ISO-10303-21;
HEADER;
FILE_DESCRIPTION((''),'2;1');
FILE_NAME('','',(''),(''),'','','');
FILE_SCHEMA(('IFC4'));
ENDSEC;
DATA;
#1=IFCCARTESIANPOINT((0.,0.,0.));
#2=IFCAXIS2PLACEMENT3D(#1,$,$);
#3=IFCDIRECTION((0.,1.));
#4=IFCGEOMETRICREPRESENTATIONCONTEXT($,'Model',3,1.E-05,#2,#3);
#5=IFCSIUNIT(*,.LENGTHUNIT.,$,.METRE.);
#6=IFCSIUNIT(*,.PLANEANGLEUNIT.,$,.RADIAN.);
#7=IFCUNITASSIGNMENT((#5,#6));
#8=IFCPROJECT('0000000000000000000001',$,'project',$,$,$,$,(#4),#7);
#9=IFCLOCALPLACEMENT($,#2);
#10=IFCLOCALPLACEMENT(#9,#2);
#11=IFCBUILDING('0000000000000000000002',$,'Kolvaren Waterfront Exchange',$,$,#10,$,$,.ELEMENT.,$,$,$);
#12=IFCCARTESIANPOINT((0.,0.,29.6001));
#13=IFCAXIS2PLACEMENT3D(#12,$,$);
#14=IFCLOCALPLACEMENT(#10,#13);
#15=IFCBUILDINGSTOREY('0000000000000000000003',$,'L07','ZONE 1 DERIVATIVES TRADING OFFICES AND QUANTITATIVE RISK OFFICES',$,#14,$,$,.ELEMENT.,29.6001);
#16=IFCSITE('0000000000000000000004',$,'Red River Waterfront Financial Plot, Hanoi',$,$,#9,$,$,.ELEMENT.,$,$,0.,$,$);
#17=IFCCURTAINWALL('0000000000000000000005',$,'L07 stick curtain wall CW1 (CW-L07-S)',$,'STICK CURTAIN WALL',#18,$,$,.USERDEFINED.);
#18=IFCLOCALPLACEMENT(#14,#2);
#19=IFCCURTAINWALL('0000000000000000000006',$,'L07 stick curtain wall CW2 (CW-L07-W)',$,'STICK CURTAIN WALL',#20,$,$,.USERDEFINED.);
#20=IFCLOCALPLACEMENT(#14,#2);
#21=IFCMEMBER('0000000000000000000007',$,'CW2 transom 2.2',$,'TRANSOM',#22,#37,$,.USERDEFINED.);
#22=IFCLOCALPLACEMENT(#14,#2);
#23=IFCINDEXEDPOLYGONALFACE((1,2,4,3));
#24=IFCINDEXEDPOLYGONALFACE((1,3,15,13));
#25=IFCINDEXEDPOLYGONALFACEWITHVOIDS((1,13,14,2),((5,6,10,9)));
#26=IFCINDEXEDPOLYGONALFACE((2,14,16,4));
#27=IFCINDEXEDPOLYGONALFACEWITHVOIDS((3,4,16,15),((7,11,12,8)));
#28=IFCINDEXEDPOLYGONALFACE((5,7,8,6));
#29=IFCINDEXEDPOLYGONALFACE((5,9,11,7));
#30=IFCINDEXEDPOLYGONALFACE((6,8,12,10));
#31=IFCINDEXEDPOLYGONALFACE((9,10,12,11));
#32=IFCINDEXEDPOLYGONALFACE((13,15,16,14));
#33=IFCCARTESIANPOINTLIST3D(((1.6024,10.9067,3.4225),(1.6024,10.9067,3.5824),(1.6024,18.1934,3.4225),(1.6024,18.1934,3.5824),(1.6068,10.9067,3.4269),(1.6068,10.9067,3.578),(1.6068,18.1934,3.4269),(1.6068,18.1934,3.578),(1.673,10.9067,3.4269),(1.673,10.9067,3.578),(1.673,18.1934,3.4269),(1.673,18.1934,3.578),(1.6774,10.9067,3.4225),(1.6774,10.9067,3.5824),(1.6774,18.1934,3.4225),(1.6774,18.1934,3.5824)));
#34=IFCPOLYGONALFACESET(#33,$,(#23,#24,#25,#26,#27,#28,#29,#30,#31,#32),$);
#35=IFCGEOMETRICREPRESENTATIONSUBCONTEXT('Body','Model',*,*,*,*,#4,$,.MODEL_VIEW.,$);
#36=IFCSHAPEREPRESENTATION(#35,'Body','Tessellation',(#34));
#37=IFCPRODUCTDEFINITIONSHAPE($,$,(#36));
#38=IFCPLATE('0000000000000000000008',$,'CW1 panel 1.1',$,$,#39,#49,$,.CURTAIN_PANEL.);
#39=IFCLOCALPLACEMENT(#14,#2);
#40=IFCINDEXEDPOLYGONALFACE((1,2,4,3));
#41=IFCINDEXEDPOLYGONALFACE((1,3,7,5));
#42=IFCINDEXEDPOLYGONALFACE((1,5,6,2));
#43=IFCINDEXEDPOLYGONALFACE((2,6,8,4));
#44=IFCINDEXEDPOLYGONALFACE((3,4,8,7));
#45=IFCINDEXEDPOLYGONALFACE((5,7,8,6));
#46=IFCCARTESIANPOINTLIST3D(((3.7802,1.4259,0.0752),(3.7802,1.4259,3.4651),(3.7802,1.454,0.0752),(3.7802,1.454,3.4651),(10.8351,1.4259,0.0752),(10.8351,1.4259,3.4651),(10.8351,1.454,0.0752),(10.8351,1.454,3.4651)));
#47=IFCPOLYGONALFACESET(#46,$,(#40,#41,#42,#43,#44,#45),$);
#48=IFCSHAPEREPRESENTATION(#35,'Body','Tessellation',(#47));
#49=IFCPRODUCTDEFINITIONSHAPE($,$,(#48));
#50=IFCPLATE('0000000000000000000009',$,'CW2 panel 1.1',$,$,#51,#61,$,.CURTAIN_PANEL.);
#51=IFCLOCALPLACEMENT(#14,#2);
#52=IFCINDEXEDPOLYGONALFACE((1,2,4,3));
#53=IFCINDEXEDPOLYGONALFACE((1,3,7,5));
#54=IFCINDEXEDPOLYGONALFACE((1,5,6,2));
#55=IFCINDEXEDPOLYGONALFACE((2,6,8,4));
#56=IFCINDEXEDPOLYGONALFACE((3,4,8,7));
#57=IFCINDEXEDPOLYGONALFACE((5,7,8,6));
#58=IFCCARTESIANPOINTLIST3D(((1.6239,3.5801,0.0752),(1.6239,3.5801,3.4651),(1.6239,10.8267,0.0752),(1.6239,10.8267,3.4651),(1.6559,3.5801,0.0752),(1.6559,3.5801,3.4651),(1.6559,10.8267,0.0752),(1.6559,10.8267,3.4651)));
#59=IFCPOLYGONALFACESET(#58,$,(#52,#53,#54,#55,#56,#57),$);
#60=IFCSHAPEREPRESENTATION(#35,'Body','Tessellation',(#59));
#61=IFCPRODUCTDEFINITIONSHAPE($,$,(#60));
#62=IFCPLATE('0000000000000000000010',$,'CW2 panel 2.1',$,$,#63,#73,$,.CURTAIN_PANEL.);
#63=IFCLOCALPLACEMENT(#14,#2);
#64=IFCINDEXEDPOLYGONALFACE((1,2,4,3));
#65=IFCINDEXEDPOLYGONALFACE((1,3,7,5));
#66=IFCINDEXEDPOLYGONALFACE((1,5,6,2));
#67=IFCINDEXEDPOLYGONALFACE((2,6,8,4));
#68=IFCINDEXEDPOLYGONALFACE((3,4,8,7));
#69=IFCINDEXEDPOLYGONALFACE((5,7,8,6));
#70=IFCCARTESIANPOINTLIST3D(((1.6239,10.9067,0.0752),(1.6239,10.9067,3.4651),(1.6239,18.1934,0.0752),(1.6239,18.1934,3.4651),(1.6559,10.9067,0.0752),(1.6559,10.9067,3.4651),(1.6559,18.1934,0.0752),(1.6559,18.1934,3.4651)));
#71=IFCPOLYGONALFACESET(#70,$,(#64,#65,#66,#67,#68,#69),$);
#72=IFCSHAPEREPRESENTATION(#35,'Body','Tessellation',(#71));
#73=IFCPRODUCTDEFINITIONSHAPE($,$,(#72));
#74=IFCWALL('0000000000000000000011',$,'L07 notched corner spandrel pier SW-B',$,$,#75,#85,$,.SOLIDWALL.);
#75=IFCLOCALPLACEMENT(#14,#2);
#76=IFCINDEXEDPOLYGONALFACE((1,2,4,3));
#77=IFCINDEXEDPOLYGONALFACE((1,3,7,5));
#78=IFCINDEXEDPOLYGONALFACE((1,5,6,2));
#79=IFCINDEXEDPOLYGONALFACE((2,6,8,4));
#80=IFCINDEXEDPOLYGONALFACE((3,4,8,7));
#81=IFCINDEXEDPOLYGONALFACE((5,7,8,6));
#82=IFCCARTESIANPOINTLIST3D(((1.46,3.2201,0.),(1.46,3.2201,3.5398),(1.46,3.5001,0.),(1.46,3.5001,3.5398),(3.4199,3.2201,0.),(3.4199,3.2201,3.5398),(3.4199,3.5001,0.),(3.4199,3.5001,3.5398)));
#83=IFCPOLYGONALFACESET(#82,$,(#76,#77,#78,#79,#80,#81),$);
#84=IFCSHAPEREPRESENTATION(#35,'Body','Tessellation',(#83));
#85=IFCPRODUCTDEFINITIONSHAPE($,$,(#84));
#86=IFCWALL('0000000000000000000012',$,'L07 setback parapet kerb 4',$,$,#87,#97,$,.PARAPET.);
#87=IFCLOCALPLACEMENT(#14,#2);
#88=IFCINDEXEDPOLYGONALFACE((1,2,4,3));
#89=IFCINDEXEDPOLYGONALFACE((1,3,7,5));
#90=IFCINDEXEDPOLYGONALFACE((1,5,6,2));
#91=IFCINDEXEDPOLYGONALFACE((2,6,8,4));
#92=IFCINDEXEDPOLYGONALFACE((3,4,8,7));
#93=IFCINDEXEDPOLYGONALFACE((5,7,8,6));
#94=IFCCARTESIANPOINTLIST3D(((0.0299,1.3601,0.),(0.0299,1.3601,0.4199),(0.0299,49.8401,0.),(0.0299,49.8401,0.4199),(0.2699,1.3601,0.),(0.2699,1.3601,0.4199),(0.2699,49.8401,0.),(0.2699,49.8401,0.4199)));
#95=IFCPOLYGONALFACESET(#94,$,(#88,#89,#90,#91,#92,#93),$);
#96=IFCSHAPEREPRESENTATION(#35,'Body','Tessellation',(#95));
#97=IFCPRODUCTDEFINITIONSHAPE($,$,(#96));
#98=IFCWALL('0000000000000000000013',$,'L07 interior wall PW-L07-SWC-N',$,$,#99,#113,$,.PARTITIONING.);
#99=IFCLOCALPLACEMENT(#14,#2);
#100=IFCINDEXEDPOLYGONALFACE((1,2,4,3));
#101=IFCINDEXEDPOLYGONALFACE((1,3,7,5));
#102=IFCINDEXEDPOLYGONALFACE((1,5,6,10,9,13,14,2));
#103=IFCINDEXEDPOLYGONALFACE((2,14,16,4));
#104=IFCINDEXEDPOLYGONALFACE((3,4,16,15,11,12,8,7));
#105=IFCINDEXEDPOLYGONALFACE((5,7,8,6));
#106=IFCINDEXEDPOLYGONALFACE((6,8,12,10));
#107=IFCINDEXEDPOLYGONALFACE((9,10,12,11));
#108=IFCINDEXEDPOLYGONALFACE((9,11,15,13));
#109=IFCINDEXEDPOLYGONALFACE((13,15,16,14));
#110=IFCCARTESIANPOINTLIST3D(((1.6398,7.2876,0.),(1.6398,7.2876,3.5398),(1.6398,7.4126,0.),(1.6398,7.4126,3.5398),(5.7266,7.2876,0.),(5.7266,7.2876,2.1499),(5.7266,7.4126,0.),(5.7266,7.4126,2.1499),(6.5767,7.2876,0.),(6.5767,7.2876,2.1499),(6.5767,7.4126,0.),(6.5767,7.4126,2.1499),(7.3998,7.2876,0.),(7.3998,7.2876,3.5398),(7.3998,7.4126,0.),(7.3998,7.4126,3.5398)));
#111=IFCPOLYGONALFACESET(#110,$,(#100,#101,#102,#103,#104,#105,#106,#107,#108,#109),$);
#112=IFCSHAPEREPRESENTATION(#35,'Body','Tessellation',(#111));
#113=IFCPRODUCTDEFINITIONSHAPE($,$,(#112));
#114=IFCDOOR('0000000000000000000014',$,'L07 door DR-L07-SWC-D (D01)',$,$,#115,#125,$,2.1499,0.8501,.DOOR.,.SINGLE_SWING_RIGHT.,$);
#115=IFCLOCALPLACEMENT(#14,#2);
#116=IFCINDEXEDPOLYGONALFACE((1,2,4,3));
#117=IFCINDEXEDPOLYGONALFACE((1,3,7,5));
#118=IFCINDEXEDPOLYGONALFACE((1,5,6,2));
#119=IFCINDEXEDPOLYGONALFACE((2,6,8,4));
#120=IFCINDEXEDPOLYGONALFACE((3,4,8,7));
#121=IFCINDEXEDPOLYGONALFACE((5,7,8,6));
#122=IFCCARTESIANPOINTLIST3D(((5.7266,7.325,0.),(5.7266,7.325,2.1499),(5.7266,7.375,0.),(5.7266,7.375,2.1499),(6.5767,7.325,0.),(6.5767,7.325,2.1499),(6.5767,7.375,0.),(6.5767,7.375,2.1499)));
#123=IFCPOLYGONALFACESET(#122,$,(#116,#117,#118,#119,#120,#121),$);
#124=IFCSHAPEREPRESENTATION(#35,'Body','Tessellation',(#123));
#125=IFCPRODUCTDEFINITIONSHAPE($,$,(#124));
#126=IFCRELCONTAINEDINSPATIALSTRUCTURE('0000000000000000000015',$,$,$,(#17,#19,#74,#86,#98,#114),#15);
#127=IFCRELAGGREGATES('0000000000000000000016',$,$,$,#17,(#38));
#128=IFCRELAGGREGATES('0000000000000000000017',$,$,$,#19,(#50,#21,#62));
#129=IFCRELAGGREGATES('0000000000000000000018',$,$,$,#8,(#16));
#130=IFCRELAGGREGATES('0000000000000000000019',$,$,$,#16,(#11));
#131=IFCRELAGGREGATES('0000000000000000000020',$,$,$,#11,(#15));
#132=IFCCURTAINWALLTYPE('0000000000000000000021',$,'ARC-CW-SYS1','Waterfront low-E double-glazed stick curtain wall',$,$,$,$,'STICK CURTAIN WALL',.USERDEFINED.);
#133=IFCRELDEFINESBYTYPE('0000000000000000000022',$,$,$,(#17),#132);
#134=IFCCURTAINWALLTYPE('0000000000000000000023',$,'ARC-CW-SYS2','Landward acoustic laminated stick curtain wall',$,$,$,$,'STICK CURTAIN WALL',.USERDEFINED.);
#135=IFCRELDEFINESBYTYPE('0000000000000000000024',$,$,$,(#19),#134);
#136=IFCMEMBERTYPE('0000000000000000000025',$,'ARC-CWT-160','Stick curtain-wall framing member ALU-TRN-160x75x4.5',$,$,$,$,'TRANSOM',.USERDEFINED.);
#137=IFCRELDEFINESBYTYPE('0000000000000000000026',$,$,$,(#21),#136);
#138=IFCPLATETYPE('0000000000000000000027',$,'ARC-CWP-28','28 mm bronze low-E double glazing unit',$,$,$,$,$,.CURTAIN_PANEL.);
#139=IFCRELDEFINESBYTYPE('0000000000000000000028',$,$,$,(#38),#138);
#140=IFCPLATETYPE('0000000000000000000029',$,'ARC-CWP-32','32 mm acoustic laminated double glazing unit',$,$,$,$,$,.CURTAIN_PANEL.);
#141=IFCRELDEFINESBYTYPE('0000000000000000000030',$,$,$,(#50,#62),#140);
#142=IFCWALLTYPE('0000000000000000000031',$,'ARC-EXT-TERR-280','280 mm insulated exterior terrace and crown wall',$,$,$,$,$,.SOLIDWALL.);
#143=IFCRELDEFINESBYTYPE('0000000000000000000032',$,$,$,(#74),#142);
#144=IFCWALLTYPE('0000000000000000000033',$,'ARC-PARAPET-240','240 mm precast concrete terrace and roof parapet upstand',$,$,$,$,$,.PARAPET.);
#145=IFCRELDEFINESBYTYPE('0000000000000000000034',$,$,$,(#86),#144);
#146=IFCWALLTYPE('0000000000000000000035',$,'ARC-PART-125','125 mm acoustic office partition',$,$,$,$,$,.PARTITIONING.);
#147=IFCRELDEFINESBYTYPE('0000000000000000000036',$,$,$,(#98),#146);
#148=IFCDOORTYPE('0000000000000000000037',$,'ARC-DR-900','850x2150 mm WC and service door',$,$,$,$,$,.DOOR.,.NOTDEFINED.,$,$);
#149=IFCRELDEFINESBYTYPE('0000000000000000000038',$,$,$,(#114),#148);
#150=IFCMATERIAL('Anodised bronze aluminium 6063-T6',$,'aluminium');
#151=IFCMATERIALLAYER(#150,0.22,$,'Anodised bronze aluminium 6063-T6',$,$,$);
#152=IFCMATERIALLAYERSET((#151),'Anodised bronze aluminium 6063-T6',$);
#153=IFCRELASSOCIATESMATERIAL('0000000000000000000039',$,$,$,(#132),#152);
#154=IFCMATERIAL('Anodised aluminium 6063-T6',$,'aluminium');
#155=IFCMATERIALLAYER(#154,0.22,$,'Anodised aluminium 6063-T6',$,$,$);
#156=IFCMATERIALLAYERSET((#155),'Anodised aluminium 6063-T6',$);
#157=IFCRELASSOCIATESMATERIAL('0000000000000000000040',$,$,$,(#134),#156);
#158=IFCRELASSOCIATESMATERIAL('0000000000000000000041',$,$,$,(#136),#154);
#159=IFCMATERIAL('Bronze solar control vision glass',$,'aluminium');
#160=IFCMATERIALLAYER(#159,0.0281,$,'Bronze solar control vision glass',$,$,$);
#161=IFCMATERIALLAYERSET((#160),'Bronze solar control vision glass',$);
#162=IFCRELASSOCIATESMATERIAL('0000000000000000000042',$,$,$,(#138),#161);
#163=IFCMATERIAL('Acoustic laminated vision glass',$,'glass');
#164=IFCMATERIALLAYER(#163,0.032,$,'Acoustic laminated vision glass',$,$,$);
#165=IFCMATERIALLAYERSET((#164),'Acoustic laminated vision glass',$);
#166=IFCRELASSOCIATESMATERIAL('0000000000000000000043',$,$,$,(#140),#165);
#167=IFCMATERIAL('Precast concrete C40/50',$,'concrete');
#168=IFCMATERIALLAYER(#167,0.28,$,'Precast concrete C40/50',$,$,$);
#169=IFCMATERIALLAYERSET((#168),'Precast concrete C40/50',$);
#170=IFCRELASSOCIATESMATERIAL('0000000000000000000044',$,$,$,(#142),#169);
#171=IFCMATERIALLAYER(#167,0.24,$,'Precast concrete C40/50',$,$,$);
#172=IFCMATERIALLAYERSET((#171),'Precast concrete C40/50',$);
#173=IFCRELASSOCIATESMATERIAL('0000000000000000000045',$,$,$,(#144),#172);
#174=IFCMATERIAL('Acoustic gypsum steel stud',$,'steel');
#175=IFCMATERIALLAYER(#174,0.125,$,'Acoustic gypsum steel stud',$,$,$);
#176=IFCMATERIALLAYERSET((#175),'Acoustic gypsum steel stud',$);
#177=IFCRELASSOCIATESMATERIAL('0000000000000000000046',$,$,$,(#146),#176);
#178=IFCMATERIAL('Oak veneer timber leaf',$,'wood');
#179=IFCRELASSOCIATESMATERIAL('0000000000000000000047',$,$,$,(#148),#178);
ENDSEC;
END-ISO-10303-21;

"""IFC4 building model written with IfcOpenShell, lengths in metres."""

from ifc_helpers import new_model, si_unit, direction, frame, frame_2d, origin, origin_with_axes, origin_2d, place, context, subcontext, project, spatial, rectangle, hollow_rectangle, extrude, source, transform, mapped, material, layer, layer_set, material_profile, profile_set, type_object, element, fill, aggregate, save


model = new_model("IFC4")

# Units and contexts
model_context = context("Model", 3, precision=1e-05, world=origin(), true_north=direction((0.0, 1.0)))
body_context = subcontext(model_context, "Body", "Model", "MODEL_VIEW")
ifc_project = project(units=[si_unit("LENGTHUNIT", "METRE"), si_unit("PLANEANGLEUNIT", "RADIAN")], contexts=[model_context])

# Site, building, storey
site_placement = place(None, origin())
site = spatial("IfcSite", under=ifc_project, at=site_placement, Name="Red River Waterfront Financial Plot, Hanoi", CompositionType="ELEMENT", RefElevation=0.0)
building_placement = place(site_placement, origin())
building = spatial("IfcBuilding", under=site, at=building_placement, Name="Kolvaren Waterfront Exchange", CompositionType="ELEMENT")
storey_placement = place(building_placement, frame((0.0, 0.0, 29.6001)))
storey = spatial("IfcBuildingStorey", under=building, at=storey_placement, Name="L07", Description="ZONE 1 DERIVATIVES TRADING OFFICES AND QUANTITATIVE RISK OFFICES", CompositionType="ELEMENT", Elevation=29.6001)

# Curtain wall
ifc_material_1 = material(Name="Anodised bronze aluminium 6063-T6", Category="aluminium")
ifc_layer_1 = layer(ifc_material_1, 0.22, Name="Anodised bronze aluminium 6063-T6")
ifc_layer_set_1 = layer_set([ifc_layer_1], Name="Anodised bronze aluminium 6063-T6")
curtain_wall_type_1 = type_object("IfcCurtainWallType", Name="ARC-CW-SYS1", Description="Waterfront low-E double-glazed stick curtain wall", ElementType="STICK CURTAIN WALL", PredefinedType="USERDEFINED", material=ifc_layer_set_1)
curtain_wall_1_placement = place(storey_placement, origin())
curtain_wall_1 = element("IfcCurtainWall", 1, at=curtain_wall_1_placement, inside=storey, type_object=curtain_wall_type_1, Name="L07 stick curtain wall CW1 (CW-L07-S)", ObjectType="STICK CURTAIN WALL", PredefinedType="USERDEFINED")
ifc_material_2 = material(Name="Anodised aluminium 6063-T6", Category="aluminium")

# Curtain wall
ifc_layer_2 = layer(ifc_material_2, 0.22, Name="Anodised aluminium 6063-T6")
ifc_layer_set_2 = layer_set([ifc_layer_2], Name="Anodised aluminium 6063-T6")
curtain_wall_type_2 = type_object("IfcCurtainWallType", Name="ARC-CW-SYS2", Description="Landward acoustic laminated stick curtain wall", ElementType="STICK CURTAIN WALL", PredefinedType="USERDEFINED", material=ifc_layer_set_2)
curtain_wall_2_placement = place(storey_placement, origin())
curtain_wall_2 = element("IfcCurtainWall", 2, at=curtain_wall_2_placement, inside=storey, type_object=curtain_wall_type_2, Name="L07 stick curtain wall CW2 (CW-L07-W)", ObjectType="STICK CURTAIN WALL", PredefinedType="USERDEFINED")

# Member
ifc_material_profile_1 = material_profile(ifc_material_2, hollow_rectangle(XDim=0.075, YDim=0.1599, WallThickness=0.0044, at=origin_2d()), Name="ALU-TRN-160x75x4.5")
ifc_profile_set_1 = profile_set([ifc_material_profile_1], Name="Anodised aluminium 6063-T6")
member_type_1 = type_object("IfcMemberType", Name="ARC-CWT-160", Description="Stick curtain-wall framing member ALU-TRN-160x75x4.5", ElementType="TRANSOM", PredefinedType="USERDEFINED", material=ifc_profile_set_1)
shared_shape_1 = source(origin_with_axes(), body_context, "Body", "SweptSolid", [
    extrude(hollow_rectangle(XDim=0.075, YDim=0.1599, WallThickness=0.0044, at=origin_2d()), origin(), (0.0, 0.0, 1.0), 7.2866),
])
member_1_placement = place(storey_placement, frame((1.6399, 10.9067, 3.5024), z_axis=(0.0, 1.0, 0.0), x_axis=(-1.0, 0.0, 0.0)))
member_1 = element("IfcMember", 3, at=member_1_placement, type_object=member_type_1, Name="CW2 transom 2.2", ObjectType="TRANSOM", PredefinedType="USERDEFINED", context=body_context, shape_type="MappedRepresentation", body=[
    mapped(shared_shape_1, transform((0.0, 0.0, 0.0), x_axis=(1.0, 0.0, 0.0), y_axis=(0.0, 1.0, 0.0), z_axis=(0.0, 0.0, 1.0), scale=1.0)),
])

# Plates
ifc_material_3 = material(Name="Bronze solar control vision glass", Category="aluminium")
ifc_layer_3 = layer(ifc_material_3, 0.0281, Name="Bronze solar control vision glass")
ifc_layer_set_3 = layer_set([ifc_layer_3], Name="Bronze solar control vision glass")
plate_type_1 = type_object("IfcPlateType", Name="ARC-CWP-28", Description="28 mm bronze low-E double glazing unit", PredefinedType="CURTAIN_PANEL", material=ifc_layer_set_3)
shared_shape_2 = source(origin_with_axes(), body_context, "Body", "SweptSolid", [
    extrude(rectangle(XDim=7.0549, YDim=0.0281, at=origin_2d()), origin(), (0.0, 0.0, 1.0), 3.3899),
])
plate_1_placement = place(storey_placement, frame((7.3076, 1.4399, 0.0752), z_axis=(0.0, 0.0, 1.0), x_axis=(1.0, 0.0, 0.0)))
plate_1 = element("IfcPlate", 4, at=plate_1_placement, type_object=plate_type_1, Name="CW1 panel 1.1", PredefinedType="CURTAIN_PANEL", context=body_context, shape_type="MappedRepresentation", body=[
    mapped(shared_shape_2, transform((0.0, 0.0, 0.0), x_axis=(1.0, 0.0, 0.0), y_axis=(0.0, 1.0, 0.0), z_axis=(0.0, 0.0, 1.0), scale=1.0)),
])
aggregate(curtain_wall_1, [plate_1])
ifc_material_4 = material(Name="Acoustic laminated vision glass", Category="glass")
ifc_layer_4 = layer(ifc_material_4, 0.032, Name="Acoustic laminated vision glass")
ifc_layer_set_4 = layer_set([ifc_layer_4], Name="Acoustic laminated vision glass")
plate_type_2 = type_object("IfcPlateType", Name="ARC-CWP-32", Description="32 mm acoustic laminated double glazing unit", PredefinedType="CURTAIN_PANEL", material=ifc_layer_set_4)
shared_shape_3 = source(origin_with_axes(), body_context, "Body", "SweptSolid", [
    extrude(rectangle(XDim=7.2466, YDim=0.032, at=origin_2d()), origin(), (0.0, 0.0, 1.0), 3.3899),
])
plate_2_placement = place(storey_placement, frame((1.6399, 7.2034, 0.0752), z_axis=(0.0, 0.0, 1.0), x_axis=(0.0, 1.0, 0.0)))
plate_2 = element("IfcPlate", 5, at=plate_2_placement, type_object=plate_type_2, Name="CW2 panel 1.1", PredefinedType="CURTAIN_PANEL", context=body_context, shape_type="MappedRepresentation", body=[
    mapped(shared_shape_3, transform((0.0, 0.0, 0.0), x_axis=(1.0, 0.0, 0.0), y_axis=(0.0, 1.0, 0.0), z_axis=(0.0, 0.0, 1.0), scale=1.0)),
])
shared_shape_4 = source(origin_with_axes(), body_context, "Body", "SweptSolid", [
    extrude(rectangle(XDim=7.2866, YDim=0.032, at=origin_2d()), origin(), (0.0, 0.0, 1.0), 3.3899),
])
plate_3_placement = place(storey_placement, frame((1.6399, 14.55, 0.0752), z_axis=(0.0, 0.0, 1.0), x_axis=(0.0, 1.0, 0.0)))
plate_3 = element("IfcPlate", 6, at=plate_3_placement, type_object=plate_type_2, Name="CW2 panel 2.1", PredefinedType="CURTAIN_PANEL", context=body_context, shape_type="MappedRepresentation", body=[
    mapped(shared_shape_4, transform((0.0, 0.0, 0.0), x_axis=(1.0, 0.0, 0.0), y_axis=(0.0, 1.0, 0.0), z_axis=(0.0, 0.0, 1.0), scale=1.0)),
])
aggregate(curtain_wall_2, [plate_2, member_1, plate_3])

# Walls
ifc_material_5 = material(Name="Precast concrete C40/50", Category="concrete")
ifc_layer_5 = layer(ifc_material_5, 0.28, Name="Precast concrete C40/50")
ifc_layer_set_5 = layer_set([ifc_layer_5], Name="Precast concrete C40/50")
wall_type_1 = type_object("IfcWallType", Name="ARC-EXT-TERR-280", Description="280 mm insulated exterior terrace and crown wall", PredefinedType="SOLIDWALL", material=ifc_layer_set_5)
wall_1_placement = place(storey_placement, frame((1.46, 3.3601, 0.0), z_axis=(0.0, 0.0, 1.0), x_axis=(1.0, 0.0, 0.0)))
element("IfcWall", 7, at=wall_1_placement, inside=storey, type_object=wall_type_1, Name="L07 notched corner spandrel pier SW-B", PredefinedType="SOLIDWALL", context=body_context, shape_type="SweptSolid", body=[
    extrude(rectangle(XDim=1.96, YDim=0.28, at=frame_2d((0.98, 0.0))), origin(), (0.0, 0.0, 1.0), 3.5398),
])
ifc_layer_6 = layer(ifc_material_5, 0.24, Name="Precast concrete C40/50")
ifc_layer_set_6 = layer_set([ifc_layer_6], Name="Precast concrete C40/50")
wall_type_2 = type_object("IfcWallType", Name="ARC-PARAPET-240", Description="240 mm precast concrete terrace and roof parapet upstand", PredefinedType="PARAPET", material=ifc_layer_set_6)
wall_2_placement = place(storey_placement, frame((0.1499, 1.3601, 0.0), z_axis=(0.0, 0.0, 1.0), x_axis=(0.0, 1.0, 0.0)))
element("IfcWall", 8, at=wall_2_placement, inside=storey, type_object=wall_type_2, Name="L07 setback parapet kerb 4", PredefinedType="PARAPET", context=body_context, shape_type="SweptSolid", body=[
    extrude(rectangle(XDim=48.48, YDim=0.24, at=frame_2d((24.24, 0.0))), origin(), (0.0, 0.0, 1.0), 0.4199),
])

# Wall, opening, door
ifc_material_6 = material(Name="Acoustic gypsum steel stud", Category="steel")
ifc_layer_7 = layer(ifc_material_6, 0.125, Name="Acoustic gypsum steel stud")
ifc_layer_set_7 = layer_set([ifc_layer_7], Name="Acoustic gypsum steel stud")
wall_type_3 = type_object("IfcWallType", Name="ARC-PART-125", Description="125 mm acoustic office partition", PredefinedType="PARTITIONING", material=ifc_layer_set_7)
wall_3_placement = place(storey_placement, frame((1.6399, 7.3501, 0.0), z_axis=(0.0, 0.0, 1.0), x_axis=(1.0, 0.0, 0.0)))
wall_3 = element("IfcWall", 9, at=wall_3_placement, inside=storey, type_object=wall_type_3, Name="L07 interior wall PW-L07-SWC-N", PredefinedType="PARTITIONING", context=body_context, shape_type="SweptSolid", body=[
    extrude(rectangle(XDim=5.76, YDim=0.125, at=frame_2d((2.8799, 0.0))), origin(), (0.0, 0.0, 1.0), 3.5398),
])
opening_1_placement = place(wall_3_placement, frame((4.0867, 0.0, 0.0)))
opening_1 = element("IfcOpeningElement", 10, at=opening_1_placement, cuts=wall_3, PredefinedType="OPENING", context=body_context, shape_type="SweptSolid", body=[
    extrude(rectangle(XDim=0.8501, YDim=2.1499, at=frame_2d((0.425, 1.075))), frame((0.0, 0.0725, 0.0), z_axis=(0.0, -1.0, 0.0), x_axis=(1.0, 0.0, 0.0)), (0.0, 0.0, 1.0), 0.145),
])
ifc_material_7 = material(Name="Oak veneer timber leaf", Category="wood")
door_type_1 = type_object("IfcDoorType", Name="ARC-DR-900", Description="850x2150 mm WC and service door", OperationType="NOTDEFINED", PredefinedType="DOOR", material=ifc_material_7)
door_1_placement = place(opening_1_placement, origin())
door_1 = element("IfcDoor", 11, at=door_1_placement, inside=storey, type_object=door_type_1, Name="L07 door DR-L07-SWC-D (D01)", OperationType="SINGLE_SWING_RIGHT", OverallHeight=2.1499, OverallWidth=0.8501, PredefinedType="DOOR", context=body_context, shape_type="SweptSolid", body=[
    extrude(rectangle(XDim=0.8501, YDim=2.1499, at=frame_2d((0.425, 1.075))), frame((0.0, 0.0249, 0.0), z_axis=(0.0, -1.0, 0.0), x_axis=(1.0, 0.0, 0.0)), (0.0, 0.0, 1.0), 0.05),
])
fill(opening_1, door_1)

save(model, "model.ifc")
